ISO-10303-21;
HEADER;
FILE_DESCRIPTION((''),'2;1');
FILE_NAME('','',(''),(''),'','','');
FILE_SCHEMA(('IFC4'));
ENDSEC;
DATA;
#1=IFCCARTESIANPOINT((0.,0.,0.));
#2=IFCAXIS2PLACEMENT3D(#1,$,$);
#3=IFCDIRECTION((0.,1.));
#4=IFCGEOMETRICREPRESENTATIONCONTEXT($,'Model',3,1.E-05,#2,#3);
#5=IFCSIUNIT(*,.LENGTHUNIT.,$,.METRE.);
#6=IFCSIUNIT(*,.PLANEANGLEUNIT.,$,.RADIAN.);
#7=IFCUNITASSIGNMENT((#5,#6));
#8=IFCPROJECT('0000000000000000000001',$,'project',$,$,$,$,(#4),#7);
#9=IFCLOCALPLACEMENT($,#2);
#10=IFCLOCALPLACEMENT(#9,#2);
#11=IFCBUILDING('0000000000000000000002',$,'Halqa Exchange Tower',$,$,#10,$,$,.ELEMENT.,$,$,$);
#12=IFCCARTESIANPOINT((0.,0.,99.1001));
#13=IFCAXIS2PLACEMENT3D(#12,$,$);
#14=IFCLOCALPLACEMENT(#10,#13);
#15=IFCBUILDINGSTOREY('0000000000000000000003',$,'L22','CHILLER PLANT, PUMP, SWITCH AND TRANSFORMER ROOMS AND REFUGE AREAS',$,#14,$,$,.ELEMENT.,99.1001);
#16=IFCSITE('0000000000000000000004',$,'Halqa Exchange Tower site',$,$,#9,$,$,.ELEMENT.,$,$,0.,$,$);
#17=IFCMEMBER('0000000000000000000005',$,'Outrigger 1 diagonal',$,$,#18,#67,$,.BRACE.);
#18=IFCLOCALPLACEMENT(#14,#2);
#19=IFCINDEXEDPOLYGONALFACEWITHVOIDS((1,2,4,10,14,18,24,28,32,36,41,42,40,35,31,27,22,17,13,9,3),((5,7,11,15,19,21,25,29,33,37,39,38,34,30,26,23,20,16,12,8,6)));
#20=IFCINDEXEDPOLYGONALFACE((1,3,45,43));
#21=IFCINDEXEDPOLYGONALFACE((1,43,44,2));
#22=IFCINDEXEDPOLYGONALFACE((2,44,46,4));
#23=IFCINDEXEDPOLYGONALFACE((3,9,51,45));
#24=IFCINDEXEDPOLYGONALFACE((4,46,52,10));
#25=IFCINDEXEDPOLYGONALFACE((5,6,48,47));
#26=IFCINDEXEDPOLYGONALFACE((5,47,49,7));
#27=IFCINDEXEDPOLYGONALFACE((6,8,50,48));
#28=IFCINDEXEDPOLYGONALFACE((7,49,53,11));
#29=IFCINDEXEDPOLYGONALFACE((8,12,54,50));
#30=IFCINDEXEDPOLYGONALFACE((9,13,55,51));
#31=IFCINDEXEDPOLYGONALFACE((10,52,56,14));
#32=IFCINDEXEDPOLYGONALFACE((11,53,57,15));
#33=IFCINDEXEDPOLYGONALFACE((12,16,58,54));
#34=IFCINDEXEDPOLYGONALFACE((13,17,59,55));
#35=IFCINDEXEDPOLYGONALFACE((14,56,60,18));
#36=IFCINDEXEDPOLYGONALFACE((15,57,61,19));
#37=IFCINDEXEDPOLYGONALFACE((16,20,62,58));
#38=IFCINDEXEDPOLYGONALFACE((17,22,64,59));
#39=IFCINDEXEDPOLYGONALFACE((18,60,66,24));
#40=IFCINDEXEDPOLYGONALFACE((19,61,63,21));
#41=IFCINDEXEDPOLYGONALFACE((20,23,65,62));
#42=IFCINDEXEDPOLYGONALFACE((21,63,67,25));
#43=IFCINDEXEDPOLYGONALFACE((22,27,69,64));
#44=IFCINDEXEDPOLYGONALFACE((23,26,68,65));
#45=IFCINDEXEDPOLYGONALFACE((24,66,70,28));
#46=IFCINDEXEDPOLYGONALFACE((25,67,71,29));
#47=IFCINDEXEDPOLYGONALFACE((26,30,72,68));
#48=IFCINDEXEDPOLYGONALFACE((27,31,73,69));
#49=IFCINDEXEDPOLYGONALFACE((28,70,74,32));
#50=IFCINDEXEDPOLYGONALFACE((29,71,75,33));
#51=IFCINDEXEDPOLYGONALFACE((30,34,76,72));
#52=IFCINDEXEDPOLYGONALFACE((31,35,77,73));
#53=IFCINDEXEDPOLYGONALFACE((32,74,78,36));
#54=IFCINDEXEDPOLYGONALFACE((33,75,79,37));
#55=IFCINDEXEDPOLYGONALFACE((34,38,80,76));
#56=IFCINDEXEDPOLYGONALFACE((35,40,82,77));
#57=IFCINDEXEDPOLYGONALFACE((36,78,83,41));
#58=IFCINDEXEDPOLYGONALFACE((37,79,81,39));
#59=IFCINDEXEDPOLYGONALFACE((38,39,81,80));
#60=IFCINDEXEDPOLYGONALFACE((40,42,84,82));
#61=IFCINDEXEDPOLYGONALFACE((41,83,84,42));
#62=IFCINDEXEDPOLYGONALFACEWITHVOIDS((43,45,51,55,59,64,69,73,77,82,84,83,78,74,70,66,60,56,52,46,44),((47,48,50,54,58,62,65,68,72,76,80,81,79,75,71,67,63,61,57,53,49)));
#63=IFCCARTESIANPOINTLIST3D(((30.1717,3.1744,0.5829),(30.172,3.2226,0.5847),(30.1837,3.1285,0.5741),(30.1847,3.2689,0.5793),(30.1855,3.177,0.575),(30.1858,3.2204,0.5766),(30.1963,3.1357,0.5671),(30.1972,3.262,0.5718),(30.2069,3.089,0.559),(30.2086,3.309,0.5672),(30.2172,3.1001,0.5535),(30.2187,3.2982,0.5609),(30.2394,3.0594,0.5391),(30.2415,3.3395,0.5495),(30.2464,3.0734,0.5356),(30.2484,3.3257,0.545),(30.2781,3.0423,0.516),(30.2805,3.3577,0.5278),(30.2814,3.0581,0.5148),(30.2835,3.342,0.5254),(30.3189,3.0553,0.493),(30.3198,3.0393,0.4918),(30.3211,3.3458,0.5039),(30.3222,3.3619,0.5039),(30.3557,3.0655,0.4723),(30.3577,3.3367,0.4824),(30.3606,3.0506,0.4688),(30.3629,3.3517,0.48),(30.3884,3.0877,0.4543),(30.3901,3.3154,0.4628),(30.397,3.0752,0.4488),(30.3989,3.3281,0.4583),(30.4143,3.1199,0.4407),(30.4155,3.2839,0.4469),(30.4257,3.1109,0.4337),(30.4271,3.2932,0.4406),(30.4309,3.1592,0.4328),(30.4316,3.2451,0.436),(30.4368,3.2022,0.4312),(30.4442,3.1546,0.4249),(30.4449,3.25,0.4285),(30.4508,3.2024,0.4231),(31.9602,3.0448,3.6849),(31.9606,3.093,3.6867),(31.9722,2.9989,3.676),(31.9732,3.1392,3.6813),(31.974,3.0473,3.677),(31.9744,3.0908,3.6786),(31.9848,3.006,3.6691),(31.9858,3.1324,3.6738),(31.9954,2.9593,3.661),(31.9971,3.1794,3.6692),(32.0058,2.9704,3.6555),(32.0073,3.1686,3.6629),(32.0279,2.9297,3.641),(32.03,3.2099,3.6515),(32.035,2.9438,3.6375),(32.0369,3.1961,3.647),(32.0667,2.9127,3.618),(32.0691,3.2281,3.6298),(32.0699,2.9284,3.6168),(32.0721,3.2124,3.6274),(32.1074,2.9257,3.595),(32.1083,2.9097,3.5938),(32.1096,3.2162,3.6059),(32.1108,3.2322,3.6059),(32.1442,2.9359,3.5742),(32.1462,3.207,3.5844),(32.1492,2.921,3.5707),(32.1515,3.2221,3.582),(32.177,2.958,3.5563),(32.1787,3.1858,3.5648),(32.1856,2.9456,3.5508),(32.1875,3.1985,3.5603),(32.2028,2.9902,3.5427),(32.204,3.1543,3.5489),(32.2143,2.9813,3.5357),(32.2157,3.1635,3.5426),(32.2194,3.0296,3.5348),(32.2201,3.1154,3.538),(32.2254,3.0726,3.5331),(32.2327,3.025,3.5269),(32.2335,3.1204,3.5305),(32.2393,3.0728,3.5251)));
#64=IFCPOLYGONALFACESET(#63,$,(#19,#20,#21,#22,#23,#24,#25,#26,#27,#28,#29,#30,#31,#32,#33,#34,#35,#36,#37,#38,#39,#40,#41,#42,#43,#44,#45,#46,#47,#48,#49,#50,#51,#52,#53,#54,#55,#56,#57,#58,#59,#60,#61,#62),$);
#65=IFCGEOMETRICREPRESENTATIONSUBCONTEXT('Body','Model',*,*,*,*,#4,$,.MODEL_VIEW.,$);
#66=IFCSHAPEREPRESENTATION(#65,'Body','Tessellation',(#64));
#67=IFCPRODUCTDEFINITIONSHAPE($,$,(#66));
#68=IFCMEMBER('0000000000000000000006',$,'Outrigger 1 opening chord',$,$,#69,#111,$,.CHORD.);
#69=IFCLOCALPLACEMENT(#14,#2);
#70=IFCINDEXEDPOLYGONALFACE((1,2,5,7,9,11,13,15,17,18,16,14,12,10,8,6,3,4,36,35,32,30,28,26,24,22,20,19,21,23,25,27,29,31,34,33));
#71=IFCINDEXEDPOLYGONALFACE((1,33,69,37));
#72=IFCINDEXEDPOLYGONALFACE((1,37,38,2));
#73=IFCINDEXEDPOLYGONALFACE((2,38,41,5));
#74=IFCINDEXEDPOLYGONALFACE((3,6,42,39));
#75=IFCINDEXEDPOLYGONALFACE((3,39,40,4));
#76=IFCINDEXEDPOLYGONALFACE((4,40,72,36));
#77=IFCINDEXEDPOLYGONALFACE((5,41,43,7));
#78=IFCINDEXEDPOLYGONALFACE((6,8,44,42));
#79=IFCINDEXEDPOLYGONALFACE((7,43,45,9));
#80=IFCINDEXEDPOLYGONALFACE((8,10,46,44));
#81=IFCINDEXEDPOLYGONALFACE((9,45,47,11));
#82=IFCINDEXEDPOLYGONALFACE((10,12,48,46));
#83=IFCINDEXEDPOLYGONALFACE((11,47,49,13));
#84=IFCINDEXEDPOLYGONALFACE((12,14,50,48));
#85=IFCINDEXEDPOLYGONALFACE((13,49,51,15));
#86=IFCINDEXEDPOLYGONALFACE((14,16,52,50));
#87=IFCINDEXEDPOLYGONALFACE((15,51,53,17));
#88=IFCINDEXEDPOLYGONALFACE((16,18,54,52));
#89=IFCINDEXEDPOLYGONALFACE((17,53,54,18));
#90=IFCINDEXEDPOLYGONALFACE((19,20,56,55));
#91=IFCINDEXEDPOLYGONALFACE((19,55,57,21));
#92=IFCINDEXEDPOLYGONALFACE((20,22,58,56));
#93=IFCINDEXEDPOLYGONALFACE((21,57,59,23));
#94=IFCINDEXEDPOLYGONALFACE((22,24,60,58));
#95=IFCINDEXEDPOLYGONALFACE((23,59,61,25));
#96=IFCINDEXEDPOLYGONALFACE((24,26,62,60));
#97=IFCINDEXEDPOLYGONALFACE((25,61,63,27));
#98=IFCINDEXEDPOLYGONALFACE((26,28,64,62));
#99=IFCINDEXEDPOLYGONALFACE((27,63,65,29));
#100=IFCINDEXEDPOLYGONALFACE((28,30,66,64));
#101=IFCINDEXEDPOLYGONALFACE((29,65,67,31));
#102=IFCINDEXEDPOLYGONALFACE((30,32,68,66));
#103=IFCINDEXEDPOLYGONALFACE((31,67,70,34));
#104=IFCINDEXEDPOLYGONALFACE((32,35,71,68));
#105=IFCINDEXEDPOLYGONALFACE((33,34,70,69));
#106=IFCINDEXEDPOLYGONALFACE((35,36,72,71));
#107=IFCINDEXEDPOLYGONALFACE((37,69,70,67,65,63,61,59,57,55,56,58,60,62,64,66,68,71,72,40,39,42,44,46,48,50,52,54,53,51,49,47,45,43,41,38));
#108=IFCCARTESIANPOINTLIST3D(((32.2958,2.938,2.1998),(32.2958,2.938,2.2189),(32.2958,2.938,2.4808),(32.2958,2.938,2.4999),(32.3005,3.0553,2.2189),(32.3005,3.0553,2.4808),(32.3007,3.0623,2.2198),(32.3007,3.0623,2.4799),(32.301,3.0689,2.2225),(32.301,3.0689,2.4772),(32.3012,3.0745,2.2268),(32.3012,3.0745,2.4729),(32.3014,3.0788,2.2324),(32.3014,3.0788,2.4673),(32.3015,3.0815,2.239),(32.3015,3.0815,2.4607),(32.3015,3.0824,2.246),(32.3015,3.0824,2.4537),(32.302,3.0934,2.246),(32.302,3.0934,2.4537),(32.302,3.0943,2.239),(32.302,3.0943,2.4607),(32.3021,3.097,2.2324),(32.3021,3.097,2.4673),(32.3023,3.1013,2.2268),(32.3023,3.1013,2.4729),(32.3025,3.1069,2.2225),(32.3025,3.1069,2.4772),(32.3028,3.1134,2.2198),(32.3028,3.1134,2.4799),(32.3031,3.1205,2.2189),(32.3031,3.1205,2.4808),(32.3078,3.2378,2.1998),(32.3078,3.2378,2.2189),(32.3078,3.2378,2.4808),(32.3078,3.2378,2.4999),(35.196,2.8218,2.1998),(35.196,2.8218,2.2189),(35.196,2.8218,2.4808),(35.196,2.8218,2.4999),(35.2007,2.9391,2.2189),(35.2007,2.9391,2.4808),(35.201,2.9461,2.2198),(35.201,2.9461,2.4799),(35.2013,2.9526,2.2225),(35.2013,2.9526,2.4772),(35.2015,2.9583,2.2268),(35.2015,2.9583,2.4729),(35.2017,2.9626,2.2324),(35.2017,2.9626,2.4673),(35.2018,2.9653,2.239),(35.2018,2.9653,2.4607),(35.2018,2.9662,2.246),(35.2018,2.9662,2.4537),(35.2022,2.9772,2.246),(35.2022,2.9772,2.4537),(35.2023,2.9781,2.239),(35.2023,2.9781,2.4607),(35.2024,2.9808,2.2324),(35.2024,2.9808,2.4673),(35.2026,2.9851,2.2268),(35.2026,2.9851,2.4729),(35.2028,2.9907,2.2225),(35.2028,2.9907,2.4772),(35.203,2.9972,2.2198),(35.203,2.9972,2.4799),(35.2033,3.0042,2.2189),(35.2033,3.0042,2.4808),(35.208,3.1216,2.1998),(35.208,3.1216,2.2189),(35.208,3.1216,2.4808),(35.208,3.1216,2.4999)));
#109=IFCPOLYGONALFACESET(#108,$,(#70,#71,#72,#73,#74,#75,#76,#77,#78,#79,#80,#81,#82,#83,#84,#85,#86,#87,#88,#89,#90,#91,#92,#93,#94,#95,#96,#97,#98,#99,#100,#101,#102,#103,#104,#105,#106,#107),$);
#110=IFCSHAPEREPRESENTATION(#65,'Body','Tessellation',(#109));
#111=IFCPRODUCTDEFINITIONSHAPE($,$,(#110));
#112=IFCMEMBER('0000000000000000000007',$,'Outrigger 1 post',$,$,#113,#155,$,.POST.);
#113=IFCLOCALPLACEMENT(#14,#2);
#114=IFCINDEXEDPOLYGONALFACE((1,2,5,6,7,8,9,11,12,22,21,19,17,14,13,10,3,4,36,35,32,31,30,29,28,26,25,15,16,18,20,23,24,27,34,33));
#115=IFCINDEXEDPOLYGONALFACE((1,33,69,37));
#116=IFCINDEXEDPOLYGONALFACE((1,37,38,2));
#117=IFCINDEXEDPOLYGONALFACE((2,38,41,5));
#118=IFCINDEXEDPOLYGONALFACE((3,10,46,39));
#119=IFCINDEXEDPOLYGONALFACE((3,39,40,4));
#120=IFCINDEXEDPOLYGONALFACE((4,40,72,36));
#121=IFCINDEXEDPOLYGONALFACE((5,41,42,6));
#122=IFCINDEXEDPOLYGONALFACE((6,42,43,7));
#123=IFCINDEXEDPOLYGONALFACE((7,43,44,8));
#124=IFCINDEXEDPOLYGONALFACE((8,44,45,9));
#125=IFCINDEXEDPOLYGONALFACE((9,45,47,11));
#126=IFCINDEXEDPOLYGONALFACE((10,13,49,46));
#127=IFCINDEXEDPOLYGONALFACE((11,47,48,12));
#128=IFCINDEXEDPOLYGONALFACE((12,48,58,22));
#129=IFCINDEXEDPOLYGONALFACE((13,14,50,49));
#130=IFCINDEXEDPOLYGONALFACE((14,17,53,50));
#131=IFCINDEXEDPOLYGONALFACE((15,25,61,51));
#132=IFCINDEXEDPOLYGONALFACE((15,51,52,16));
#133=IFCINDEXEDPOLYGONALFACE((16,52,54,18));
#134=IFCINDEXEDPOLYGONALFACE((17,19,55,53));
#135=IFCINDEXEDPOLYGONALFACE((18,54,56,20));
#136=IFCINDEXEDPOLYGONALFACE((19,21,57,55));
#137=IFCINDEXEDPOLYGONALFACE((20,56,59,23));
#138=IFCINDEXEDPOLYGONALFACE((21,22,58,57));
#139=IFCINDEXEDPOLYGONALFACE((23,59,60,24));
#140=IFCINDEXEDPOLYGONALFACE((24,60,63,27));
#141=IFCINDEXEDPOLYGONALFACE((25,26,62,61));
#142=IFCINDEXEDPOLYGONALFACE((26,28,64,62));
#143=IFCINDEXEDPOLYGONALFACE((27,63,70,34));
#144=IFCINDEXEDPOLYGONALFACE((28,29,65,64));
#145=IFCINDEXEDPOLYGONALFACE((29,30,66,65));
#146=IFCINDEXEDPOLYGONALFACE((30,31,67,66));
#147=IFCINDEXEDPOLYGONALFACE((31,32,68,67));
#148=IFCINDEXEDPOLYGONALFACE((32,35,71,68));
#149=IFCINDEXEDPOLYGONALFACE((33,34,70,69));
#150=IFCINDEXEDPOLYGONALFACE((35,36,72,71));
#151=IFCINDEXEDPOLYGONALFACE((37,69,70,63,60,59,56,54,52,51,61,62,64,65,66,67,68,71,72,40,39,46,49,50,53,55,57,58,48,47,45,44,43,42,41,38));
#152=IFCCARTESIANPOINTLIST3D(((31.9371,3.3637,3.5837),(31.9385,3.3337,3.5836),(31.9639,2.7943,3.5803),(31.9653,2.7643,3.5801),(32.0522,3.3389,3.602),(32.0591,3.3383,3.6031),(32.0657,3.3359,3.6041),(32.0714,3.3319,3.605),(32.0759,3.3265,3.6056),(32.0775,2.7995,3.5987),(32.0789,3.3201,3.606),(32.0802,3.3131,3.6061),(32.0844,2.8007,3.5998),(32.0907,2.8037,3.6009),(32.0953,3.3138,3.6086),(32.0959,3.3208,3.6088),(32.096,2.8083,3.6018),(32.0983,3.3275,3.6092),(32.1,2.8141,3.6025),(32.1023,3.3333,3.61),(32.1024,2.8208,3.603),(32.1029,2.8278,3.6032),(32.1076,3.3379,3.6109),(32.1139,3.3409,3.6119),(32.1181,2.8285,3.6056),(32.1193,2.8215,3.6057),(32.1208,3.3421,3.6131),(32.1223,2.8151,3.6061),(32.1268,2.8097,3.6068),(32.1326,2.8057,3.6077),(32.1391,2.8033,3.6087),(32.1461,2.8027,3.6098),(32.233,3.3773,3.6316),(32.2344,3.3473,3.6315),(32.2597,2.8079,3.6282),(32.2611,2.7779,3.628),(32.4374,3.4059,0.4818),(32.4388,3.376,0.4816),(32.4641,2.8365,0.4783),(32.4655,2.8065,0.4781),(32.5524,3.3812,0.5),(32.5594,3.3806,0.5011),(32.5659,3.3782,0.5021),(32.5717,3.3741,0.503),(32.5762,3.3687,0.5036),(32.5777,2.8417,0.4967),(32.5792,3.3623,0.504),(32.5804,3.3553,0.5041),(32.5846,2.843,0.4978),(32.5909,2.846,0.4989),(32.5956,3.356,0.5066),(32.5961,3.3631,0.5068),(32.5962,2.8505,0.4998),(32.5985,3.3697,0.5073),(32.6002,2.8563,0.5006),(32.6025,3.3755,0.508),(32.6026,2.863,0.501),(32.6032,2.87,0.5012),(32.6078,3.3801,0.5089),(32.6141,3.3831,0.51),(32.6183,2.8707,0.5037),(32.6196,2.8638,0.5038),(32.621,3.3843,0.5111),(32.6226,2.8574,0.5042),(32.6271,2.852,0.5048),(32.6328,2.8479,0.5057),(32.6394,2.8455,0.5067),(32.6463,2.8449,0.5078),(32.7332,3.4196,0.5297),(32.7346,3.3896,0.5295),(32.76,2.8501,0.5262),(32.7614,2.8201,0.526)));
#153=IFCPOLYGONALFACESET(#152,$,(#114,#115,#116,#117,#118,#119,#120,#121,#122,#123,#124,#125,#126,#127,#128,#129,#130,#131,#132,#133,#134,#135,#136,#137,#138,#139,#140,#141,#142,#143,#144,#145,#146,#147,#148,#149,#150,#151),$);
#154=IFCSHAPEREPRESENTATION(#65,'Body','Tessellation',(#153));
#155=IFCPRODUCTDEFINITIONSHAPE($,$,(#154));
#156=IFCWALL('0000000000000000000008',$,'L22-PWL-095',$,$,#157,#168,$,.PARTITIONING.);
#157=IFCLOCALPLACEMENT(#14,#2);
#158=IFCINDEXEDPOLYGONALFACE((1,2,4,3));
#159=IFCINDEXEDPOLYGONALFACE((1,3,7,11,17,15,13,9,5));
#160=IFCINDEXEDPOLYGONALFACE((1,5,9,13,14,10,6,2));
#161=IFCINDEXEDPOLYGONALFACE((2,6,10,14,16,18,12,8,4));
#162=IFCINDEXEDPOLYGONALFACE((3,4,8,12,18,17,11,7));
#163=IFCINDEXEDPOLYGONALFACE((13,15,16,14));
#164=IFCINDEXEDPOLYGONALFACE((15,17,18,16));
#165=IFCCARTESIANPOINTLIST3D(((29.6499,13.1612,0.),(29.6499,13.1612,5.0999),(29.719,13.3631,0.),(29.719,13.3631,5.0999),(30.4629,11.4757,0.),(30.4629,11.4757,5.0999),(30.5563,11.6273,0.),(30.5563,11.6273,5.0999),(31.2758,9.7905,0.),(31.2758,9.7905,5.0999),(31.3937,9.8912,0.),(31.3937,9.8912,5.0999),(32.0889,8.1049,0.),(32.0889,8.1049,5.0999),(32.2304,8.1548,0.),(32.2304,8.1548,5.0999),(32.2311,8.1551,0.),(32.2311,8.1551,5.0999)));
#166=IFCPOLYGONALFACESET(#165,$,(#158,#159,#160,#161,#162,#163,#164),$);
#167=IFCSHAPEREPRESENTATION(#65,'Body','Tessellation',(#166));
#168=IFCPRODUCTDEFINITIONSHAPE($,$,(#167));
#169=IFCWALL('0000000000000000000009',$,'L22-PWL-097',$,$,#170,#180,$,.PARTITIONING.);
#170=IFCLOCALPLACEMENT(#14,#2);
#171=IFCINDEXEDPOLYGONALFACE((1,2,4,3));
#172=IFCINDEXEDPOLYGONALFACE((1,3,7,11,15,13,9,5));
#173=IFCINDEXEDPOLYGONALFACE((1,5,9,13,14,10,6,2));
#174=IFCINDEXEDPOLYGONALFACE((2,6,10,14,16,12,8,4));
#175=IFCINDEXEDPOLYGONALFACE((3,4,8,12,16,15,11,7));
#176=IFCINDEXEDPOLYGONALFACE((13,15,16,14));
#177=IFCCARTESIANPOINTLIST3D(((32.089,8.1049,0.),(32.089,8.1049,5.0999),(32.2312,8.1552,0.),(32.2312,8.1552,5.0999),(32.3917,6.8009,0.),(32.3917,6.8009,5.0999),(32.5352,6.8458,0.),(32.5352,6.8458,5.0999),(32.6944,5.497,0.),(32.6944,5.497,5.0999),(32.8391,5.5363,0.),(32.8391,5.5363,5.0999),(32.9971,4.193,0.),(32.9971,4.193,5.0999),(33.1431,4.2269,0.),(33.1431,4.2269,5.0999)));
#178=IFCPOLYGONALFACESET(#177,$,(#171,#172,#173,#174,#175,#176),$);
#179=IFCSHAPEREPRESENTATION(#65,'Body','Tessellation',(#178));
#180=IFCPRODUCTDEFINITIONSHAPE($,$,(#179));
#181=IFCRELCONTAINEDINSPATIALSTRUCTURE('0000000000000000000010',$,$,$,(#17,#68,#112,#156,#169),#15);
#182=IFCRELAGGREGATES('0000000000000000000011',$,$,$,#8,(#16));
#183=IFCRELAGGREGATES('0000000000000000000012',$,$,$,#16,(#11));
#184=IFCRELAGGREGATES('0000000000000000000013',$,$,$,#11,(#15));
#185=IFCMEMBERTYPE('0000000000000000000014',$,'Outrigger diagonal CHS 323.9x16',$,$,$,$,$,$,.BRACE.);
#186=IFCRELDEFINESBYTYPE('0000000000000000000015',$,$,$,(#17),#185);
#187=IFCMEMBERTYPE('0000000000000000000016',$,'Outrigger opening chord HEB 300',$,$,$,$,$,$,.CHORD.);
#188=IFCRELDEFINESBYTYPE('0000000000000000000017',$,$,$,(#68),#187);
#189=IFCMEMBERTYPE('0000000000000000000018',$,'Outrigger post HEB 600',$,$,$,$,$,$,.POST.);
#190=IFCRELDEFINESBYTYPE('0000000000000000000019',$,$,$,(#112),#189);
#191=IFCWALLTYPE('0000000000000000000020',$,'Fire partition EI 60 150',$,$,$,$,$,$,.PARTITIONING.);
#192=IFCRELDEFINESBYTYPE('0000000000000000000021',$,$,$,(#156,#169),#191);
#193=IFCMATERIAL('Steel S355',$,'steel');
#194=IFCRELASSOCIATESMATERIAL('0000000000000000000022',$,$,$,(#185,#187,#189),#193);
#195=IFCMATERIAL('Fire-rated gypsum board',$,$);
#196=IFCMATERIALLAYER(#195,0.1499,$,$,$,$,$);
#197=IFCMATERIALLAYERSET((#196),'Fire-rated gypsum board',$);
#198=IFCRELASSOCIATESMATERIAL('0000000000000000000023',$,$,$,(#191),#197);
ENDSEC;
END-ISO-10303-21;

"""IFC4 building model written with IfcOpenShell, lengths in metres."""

from ifc_helpers import new_model, si_unit, direction, frame, origin, origin_2d, place, context, subcontext, project, spatial, polyline, hollow_circle, i_section, outline, extrude, material, layer, layer_set, material_profile, profile_set, type_object, element, save


model = new_model("IFC4")

# Units and contexts
model_context = context("Model", 3, precision=1e-05, world=origin(), true_north=direction((0.0, 1.0)))
body_context = subcontext(model_context, "Body", "Model", "MODEL_VIEW")
ifc_project = project(units=[si_unit("LENGTHUNIT", "METRE"), si_unit("PLANEANGLEUNIT", "RADIAN")], contexts=[model_context])

# Site, building, storey
site_placement = place(None, origin())
site = spatial("IfcSite", under=ifc_project, at=site_placement, Name="Halqa Exchange Tower site", CompositionType="ELEMENT", RefElevation=0.0)
building_placement = place(site_placement, origin())
building = spatial("IfcBuilding", under=site, at=building_placement, Name="Halqa Exchange Tower", CompositionType="ELEMENT")
storey_placement = place(building_placement, frame((0.0, 0.0, 99.1001)))
storey = spatial("IfcBuildingStorey", under=building, at=storey_placement, Name="L22", Description="CHILLER PLANT, PUMP, SWITCH AND TRANSFORMER ROOMS AND REFUGE AREAS", CompositionType="ELEMENT", Elevation=99.1001)

# Members
ifc_material_1 = material(Name="Steel S355", Category="steel")
ifc_material_profile_1 = material_profile(ifc_material_1, hollow_circle(Radius=0.1619, WallThickness=0.0161, at=origin_2d()), Name="CHS 323.9x16")
ifc_profile_set_1 = profile_set([ifc_material_profile_1], Name="Steel S355")
member_type_1 = type_object("IfcMemberType", Name="Outrigger diagonal CHS 323.9x16", PredefinedType="BRACE", material=ifc_profile_set_1)
member_1_placement = place(storey_placement, frame((30.3105, 3.2004, 0.5039), z_axis=(0.499171, -0.036181, 0.865748), x_axis=(0.072292, 0.997384, 0.0)))
element("IfcMember", 1, at=member_1_placement, inside=storey, type_object=member_type_1, Name="Outrigger 1 diagonal", PredefinedType="BRACE", context=body_context, shape_type="SweptSolid", body=[
    extrude(hollow_circle(Radius=0.1619, WallThickness=0.0161, at=origin_2d()), origin(), (0.0, 0.0, 1.0), 3.583),
])
ifc_material_profile_2 = material_profile(ifc_material_1, i_section(OverallWidth=0.3, OverallDepth=0.3, WebThickness=0.011, FlangeThickness=0.019, FilletRadius=0.0271, at=origin_2d()), Name="HEB 300")
ifc_profile_set_2 = profile_set([ifc_material_profile_2], Name="Steel S355")
member_type_2 = type_object("IfcMemberType", Name="Outrigger opening chord HEB 300", PredefinedType="CHORD", material=ifc_profile_set_2)
member_2_placement = place(storey_placement, frame((32.3018, 3.0879, 2.3499), z_axis=(0.999198, -0.040039, 0.0), x_axis=(0.040039, 0.999198, 0.0)))
element("IfcMember", 2, at=member_2_placement, inside=storey, type_object=member_type_2, Name="Outrigger 1 opening chord", PredefinedType="CHORD", context=body_context, shape_type="SweptSolid", body=[
    extrude(i_section(OverallWidth=0.3, OverallDepth=0.3, WebThickness=0.011, FlangeThickness=0.019, FilletRadius=0.0271, at=origin_2d()), origin(), (0.0, 0.0, 1.0), 2.9026),
])
ifc_material_profile_3 = material_profile(ifc_material_1, i_section(OverallWidth=0.3, OverallDepth=0.6001, WebThickness=0.0154, FlangeThickness=0.03, FilletRadius=0.0271, at=origin_2d()), Name="HEB 600")
ifc_profile_set_3 = profile_set([ifc_material_profile_3], Name="Steel S355")
member_type_3 = type_object("IfcMemberType", Name="Outrigger post HEB 600", PredefinedType="POST", material=ifc_profile_set_3)
member_3_placement = place(storey_placement, frame((32.5994, 3.113, 0.5039), z_axis=(-0.159191, -0.013441, 0.987156), x_axis=(0.986133, 0.045331, 0.159643)))
element("IfcMember", 3, at=member_3_placement, inside=storey, type_object=member_type_3, Name="Outrigger 1 post", PredefinedType="POST", context=body_context, shape_type="SweptSolid", body=[
    extrude(i_section(OverallWidth=0.3, OverallDepth=0.6001, WebThickness=0.0154, FlangeThickness=0.03, FilletRadius=0.0271, at=origin_2d()), origin(), (0.0, 0.0, 1.0), 3.1423),
])

# Shared definitions
ifc_material_2 = material(Name="Fire-rated gypsum board")
ifc_layer_1 = layer(ifc_material_2, 0.1499)
ifc_layer_set_1 = layer_set([ifc_layer_1], Name="Fire-rated gypsum board")
wall_type_1 = type_object("IfcWallType", Name="Fire partition EI 60 150", PredefinedType="PARTITIONING", material=ifc_layer_set_1)

# Walls
wall_1_placement = place(storey_placement, frame((32.1636, 8.1226, 0.0), z_axis=(0.0, 0.0, 1.0), x_axis=(-0.434452, 0.900695, 0.0)))
element("IfcWall", 4, at=wall_1_placement, inside=storey, type_object=wall_type_1, Name="L22-PWL-095", PredefinedType="PARTITIONING", context=body_context, shape_type="SweptSolid", body=[
    extrude(outline(polyline([(0.0, -0.075), (1.9275, -0.075), (3.855, -0.075), (5.7822, -0.075), (5.6304, 0.075), (3.759, 0.075), (1.8879, 0.075), (0.0166, 0.075), (0.0, -0.0742), (0.0, -0.075)])), origin(), (0.0, 0.0, 1.0), 5.0999),
])
wall_2_placement = place(storey_placement, frame((33.0701, 4.21, 0.0), z_axis=(0.0, 0.0, 1.0), x_axis=(-0.226119, 0.9741, 0.0)))
element("IfcWall", 5, at=wall_2_placement, inside=storey, type_object=wall_type_1, Name="L22-PWL-097", PredefinedType="PARTITIONING", context=body_context, shape_type="SweptSolid", body=[
    extrude(outline(polyline([(0.0, -0.075), (1.3442, -0.075), (2.6885, -0.075), (4.0327, -0.075), (4.0159, 0.075), (2.6772, 0.075), (1.3386, 0.075), (0.0, 0.075), (0.0, -0.075)])), origin(), (0.0, 0.0, 1.0), 5.0999),
])

save(model, "model.ifc")
